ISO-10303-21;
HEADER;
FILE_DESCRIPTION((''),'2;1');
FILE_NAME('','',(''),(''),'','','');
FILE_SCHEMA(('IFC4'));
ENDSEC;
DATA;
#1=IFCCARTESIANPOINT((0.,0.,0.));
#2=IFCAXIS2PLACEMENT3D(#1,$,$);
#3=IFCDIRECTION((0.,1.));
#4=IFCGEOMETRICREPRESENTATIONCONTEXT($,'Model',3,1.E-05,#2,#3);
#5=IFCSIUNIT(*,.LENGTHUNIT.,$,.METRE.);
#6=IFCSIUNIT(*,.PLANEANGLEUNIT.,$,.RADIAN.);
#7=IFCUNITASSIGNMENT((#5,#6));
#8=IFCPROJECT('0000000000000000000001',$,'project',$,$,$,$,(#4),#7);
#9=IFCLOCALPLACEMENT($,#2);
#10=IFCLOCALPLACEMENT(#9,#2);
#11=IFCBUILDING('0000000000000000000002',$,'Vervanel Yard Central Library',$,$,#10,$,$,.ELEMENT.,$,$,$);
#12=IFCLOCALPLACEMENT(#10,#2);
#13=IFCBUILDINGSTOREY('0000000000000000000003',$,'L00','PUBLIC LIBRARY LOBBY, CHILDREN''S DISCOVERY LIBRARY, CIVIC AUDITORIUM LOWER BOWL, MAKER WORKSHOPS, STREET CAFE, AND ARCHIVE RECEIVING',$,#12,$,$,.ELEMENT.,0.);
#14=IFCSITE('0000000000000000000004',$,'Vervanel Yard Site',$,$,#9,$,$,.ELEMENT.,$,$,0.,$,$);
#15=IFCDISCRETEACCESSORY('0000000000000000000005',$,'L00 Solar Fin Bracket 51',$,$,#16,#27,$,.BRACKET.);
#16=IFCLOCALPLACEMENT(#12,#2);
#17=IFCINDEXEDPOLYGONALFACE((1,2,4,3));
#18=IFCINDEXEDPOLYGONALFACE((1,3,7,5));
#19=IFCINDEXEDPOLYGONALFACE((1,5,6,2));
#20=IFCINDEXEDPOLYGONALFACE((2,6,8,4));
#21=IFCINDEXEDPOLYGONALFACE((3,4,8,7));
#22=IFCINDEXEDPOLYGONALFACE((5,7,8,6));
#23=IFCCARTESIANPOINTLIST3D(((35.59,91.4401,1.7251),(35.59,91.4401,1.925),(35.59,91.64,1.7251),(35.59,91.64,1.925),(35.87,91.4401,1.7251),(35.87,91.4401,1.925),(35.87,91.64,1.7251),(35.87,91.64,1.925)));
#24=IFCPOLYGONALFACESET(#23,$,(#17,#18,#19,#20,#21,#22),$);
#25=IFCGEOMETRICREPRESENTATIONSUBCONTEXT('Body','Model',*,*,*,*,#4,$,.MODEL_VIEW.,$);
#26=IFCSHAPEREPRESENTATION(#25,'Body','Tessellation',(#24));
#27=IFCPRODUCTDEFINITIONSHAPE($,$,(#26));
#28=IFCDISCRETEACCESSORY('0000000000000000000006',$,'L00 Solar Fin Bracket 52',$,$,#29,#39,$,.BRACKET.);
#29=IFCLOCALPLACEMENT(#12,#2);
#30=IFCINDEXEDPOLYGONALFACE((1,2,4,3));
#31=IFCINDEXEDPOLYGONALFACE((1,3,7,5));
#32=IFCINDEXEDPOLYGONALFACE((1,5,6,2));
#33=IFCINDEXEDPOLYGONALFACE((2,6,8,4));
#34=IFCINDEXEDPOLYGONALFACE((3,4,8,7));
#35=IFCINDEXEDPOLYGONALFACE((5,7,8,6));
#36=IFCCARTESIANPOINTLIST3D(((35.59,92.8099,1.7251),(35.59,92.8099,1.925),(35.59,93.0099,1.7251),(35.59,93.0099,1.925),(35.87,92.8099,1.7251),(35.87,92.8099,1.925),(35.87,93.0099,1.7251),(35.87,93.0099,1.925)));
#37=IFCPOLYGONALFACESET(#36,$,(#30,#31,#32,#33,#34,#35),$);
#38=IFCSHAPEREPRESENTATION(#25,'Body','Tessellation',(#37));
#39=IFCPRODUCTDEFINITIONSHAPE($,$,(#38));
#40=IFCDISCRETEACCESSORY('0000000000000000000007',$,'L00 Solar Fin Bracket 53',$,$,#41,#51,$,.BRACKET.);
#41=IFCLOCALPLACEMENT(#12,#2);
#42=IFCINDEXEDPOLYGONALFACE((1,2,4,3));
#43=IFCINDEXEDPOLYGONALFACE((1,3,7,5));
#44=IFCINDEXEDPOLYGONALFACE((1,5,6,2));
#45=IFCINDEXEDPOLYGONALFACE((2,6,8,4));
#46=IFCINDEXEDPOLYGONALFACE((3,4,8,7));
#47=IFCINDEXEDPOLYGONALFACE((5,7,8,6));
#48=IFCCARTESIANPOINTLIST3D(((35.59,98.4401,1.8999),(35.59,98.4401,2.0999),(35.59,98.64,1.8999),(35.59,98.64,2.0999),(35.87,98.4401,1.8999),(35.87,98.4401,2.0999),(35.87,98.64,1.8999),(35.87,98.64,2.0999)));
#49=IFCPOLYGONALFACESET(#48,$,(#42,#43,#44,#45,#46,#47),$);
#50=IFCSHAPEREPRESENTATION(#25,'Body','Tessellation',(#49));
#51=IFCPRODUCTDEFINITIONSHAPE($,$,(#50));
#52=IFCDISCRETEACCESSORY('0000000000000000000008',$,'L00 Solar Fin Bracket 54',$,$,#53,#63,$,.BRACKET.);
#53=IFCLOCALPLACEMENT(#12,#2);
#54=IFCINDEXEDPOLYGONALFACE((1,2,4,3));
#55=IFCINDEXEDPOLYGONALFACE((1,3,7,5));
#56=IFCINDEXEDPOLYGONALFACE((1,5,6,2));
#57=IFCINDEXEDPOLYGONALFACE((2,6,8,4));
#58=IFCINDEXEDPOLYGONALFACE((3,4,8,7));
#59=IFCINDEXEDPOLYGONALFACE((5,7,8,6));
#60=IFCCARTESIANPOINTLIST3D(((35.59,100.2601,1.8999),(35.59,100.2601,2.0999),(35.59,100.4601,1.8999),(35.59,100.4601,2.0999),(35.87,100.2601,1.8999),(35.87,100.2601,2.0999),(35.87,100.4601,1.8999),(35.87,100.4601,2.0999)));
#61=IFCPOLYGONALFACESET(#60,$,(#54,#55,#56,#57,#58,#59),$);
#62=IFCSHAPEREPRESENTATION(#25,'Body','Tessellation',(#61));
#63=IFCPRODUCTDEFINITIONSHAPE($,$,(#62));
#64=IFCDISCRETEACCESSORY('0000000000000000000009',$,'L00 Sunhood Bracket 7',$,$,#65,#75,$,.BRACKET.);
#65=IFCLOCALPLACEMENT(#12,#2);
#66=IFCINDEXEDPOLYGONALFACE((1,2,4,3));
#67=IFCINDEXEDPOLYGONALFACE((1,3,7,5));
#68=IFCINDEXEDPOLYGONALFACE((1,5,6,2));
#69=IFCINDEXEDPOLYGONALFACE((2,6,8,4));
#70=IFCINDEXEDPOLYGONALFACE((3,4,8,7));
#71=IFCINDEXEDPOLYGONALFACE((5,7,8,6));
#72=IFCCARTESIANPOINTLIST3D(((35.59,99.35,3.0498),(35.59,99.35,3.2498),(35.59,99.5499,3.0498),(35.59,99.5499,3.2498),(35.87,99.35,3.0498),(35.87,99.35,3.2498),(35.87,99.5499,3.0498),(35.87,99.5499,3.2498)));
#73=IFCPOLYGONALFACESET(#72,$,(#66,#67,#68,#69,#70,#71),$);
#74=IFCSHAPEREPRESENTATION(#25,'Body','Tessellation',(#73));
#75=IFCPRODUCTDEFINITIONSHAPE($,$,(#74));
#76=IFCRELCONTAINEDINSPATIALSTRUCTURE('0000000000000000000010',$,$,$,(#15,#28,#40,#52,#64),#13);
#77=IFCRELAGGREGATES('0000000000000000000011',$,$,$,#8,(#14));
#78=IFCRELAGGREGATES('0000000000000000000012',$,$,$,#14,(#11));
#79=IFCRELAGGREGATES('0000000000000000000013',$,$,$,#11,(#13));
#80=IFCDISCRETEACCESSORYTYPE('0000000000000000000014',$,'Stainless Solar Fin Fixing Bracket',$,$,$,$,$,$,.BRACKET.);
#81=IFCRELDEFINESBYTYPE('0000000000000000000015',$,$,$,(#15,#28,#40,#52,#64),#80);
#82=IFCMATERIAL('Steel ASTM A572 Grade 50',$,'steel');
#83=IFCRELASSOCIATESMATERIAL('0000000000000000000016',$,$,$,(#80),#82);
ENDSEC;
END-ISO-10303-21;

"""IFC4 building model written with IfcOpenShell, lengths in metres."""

from ifc_helpers import new_model, si_unit, direction, frame, origin, origin_2d, place, context, subcontext, project, spatial, rectangle, extrude, material, type_object, element, save


model = new_model("IFC4")

# Units and contexts
model_context = context("Model", 3, precision=1e-05, world=origin(), true_north=direction((0.0, 1.0)))
body_context = subcontext(model_context, "Body", "Model", "MODEL_VIEW")
ifc_project = project(units=[si_unit("LENGTHUNIT", "METRE"), si_unit("PLANEANGLEUNIT", "RADIAN")], contexts=[model_context])

# Site, building, storey
site_placement = place(None, origin())
site = spatial("IfcSite", under=ifc_project, at=site_placement, Name="Vervanel Yard Site", CompositionType="ELEMENT", RefElevation=0.0)
building_placement = place(site_placement, origin())
building = spatial("IfcBuilding", under=site, at=building_placement, Name="Vervanel Yard Central Library", CompositionType="ELEMENT")
storey_placement = place(building_placement, origin())
storey = spatial("IfcBuildingStorey", under=building, at=storey_placement, Name="L00", Description="PUBLIC LIBRARY LOBBY, CHILDREN'S DISCOVERY LIBRARY, CIVIC AUDITORIUM LOWER BOWL, MAKER WORKSHOPS, STREET CAFE, AND ARCHIVE RECEIVING", CompositionType="ELEMENT", Elevation=0.0)

# Discrete accessories
ifc_material_1 = material(Name="Steel ASTM A572 Grade 50", Category="steel")
discrete_accessory_type = type_object("IfcDiscreteAccessoryType", Name="Stainless Solar Fin Fixing Bracket", PredefinedType="BRACKET", material=ifc_material_1)
for number, where, z_axis, x_axis, name in (
    (1, (35.73, 91.54, 1.7251), (0.0, 0.0, 1.0), (0.0, 1.0, 0.0), "L00 Solar Fin Bracket 51"),
    (2, (35.73, 92.9099, 1.7251), (0.0, 0.0, 1.0), (0.0, 1.0, 0.0), "L00 Solar Fin Bracket 52"),
    (3, (35.73, 98.54, 1.8999), (0.0, 0.0, 1.0), (0.0, 1.0, 0.0), "L00 Solar Fin Bracket 53"),
    (4, (35.73, 100.3601, 1.8999), (0.0, 0.0, 1.0), (0.0, 1.0, 0.0), "L00 Solar Fin Bracket 54"),
    (5, (35.73, 99.45, 3.0498), (0.0, 0.0, 1.0), (0.0, 1.0, 0.0), "L00 Sunhood Bracket 7"),
):
    element("IfcDiscreteAccessory", number, at=place(storey_placement, frame(where, z_axis=z_axis, x_axis=x_axis)), inside=storey, type_object=discrete_accessory_type, Name=name, PredefinedType="BRACKET", context=body_context, shape_type="SweptSolid", body=[
        extrude(rectangle(XDim=0.2, YDim=0.28, at=origin_2d()), origin(), (0.0, 0.0, 1.0), 0.2),
    ])

save(model, "model.ifc")
